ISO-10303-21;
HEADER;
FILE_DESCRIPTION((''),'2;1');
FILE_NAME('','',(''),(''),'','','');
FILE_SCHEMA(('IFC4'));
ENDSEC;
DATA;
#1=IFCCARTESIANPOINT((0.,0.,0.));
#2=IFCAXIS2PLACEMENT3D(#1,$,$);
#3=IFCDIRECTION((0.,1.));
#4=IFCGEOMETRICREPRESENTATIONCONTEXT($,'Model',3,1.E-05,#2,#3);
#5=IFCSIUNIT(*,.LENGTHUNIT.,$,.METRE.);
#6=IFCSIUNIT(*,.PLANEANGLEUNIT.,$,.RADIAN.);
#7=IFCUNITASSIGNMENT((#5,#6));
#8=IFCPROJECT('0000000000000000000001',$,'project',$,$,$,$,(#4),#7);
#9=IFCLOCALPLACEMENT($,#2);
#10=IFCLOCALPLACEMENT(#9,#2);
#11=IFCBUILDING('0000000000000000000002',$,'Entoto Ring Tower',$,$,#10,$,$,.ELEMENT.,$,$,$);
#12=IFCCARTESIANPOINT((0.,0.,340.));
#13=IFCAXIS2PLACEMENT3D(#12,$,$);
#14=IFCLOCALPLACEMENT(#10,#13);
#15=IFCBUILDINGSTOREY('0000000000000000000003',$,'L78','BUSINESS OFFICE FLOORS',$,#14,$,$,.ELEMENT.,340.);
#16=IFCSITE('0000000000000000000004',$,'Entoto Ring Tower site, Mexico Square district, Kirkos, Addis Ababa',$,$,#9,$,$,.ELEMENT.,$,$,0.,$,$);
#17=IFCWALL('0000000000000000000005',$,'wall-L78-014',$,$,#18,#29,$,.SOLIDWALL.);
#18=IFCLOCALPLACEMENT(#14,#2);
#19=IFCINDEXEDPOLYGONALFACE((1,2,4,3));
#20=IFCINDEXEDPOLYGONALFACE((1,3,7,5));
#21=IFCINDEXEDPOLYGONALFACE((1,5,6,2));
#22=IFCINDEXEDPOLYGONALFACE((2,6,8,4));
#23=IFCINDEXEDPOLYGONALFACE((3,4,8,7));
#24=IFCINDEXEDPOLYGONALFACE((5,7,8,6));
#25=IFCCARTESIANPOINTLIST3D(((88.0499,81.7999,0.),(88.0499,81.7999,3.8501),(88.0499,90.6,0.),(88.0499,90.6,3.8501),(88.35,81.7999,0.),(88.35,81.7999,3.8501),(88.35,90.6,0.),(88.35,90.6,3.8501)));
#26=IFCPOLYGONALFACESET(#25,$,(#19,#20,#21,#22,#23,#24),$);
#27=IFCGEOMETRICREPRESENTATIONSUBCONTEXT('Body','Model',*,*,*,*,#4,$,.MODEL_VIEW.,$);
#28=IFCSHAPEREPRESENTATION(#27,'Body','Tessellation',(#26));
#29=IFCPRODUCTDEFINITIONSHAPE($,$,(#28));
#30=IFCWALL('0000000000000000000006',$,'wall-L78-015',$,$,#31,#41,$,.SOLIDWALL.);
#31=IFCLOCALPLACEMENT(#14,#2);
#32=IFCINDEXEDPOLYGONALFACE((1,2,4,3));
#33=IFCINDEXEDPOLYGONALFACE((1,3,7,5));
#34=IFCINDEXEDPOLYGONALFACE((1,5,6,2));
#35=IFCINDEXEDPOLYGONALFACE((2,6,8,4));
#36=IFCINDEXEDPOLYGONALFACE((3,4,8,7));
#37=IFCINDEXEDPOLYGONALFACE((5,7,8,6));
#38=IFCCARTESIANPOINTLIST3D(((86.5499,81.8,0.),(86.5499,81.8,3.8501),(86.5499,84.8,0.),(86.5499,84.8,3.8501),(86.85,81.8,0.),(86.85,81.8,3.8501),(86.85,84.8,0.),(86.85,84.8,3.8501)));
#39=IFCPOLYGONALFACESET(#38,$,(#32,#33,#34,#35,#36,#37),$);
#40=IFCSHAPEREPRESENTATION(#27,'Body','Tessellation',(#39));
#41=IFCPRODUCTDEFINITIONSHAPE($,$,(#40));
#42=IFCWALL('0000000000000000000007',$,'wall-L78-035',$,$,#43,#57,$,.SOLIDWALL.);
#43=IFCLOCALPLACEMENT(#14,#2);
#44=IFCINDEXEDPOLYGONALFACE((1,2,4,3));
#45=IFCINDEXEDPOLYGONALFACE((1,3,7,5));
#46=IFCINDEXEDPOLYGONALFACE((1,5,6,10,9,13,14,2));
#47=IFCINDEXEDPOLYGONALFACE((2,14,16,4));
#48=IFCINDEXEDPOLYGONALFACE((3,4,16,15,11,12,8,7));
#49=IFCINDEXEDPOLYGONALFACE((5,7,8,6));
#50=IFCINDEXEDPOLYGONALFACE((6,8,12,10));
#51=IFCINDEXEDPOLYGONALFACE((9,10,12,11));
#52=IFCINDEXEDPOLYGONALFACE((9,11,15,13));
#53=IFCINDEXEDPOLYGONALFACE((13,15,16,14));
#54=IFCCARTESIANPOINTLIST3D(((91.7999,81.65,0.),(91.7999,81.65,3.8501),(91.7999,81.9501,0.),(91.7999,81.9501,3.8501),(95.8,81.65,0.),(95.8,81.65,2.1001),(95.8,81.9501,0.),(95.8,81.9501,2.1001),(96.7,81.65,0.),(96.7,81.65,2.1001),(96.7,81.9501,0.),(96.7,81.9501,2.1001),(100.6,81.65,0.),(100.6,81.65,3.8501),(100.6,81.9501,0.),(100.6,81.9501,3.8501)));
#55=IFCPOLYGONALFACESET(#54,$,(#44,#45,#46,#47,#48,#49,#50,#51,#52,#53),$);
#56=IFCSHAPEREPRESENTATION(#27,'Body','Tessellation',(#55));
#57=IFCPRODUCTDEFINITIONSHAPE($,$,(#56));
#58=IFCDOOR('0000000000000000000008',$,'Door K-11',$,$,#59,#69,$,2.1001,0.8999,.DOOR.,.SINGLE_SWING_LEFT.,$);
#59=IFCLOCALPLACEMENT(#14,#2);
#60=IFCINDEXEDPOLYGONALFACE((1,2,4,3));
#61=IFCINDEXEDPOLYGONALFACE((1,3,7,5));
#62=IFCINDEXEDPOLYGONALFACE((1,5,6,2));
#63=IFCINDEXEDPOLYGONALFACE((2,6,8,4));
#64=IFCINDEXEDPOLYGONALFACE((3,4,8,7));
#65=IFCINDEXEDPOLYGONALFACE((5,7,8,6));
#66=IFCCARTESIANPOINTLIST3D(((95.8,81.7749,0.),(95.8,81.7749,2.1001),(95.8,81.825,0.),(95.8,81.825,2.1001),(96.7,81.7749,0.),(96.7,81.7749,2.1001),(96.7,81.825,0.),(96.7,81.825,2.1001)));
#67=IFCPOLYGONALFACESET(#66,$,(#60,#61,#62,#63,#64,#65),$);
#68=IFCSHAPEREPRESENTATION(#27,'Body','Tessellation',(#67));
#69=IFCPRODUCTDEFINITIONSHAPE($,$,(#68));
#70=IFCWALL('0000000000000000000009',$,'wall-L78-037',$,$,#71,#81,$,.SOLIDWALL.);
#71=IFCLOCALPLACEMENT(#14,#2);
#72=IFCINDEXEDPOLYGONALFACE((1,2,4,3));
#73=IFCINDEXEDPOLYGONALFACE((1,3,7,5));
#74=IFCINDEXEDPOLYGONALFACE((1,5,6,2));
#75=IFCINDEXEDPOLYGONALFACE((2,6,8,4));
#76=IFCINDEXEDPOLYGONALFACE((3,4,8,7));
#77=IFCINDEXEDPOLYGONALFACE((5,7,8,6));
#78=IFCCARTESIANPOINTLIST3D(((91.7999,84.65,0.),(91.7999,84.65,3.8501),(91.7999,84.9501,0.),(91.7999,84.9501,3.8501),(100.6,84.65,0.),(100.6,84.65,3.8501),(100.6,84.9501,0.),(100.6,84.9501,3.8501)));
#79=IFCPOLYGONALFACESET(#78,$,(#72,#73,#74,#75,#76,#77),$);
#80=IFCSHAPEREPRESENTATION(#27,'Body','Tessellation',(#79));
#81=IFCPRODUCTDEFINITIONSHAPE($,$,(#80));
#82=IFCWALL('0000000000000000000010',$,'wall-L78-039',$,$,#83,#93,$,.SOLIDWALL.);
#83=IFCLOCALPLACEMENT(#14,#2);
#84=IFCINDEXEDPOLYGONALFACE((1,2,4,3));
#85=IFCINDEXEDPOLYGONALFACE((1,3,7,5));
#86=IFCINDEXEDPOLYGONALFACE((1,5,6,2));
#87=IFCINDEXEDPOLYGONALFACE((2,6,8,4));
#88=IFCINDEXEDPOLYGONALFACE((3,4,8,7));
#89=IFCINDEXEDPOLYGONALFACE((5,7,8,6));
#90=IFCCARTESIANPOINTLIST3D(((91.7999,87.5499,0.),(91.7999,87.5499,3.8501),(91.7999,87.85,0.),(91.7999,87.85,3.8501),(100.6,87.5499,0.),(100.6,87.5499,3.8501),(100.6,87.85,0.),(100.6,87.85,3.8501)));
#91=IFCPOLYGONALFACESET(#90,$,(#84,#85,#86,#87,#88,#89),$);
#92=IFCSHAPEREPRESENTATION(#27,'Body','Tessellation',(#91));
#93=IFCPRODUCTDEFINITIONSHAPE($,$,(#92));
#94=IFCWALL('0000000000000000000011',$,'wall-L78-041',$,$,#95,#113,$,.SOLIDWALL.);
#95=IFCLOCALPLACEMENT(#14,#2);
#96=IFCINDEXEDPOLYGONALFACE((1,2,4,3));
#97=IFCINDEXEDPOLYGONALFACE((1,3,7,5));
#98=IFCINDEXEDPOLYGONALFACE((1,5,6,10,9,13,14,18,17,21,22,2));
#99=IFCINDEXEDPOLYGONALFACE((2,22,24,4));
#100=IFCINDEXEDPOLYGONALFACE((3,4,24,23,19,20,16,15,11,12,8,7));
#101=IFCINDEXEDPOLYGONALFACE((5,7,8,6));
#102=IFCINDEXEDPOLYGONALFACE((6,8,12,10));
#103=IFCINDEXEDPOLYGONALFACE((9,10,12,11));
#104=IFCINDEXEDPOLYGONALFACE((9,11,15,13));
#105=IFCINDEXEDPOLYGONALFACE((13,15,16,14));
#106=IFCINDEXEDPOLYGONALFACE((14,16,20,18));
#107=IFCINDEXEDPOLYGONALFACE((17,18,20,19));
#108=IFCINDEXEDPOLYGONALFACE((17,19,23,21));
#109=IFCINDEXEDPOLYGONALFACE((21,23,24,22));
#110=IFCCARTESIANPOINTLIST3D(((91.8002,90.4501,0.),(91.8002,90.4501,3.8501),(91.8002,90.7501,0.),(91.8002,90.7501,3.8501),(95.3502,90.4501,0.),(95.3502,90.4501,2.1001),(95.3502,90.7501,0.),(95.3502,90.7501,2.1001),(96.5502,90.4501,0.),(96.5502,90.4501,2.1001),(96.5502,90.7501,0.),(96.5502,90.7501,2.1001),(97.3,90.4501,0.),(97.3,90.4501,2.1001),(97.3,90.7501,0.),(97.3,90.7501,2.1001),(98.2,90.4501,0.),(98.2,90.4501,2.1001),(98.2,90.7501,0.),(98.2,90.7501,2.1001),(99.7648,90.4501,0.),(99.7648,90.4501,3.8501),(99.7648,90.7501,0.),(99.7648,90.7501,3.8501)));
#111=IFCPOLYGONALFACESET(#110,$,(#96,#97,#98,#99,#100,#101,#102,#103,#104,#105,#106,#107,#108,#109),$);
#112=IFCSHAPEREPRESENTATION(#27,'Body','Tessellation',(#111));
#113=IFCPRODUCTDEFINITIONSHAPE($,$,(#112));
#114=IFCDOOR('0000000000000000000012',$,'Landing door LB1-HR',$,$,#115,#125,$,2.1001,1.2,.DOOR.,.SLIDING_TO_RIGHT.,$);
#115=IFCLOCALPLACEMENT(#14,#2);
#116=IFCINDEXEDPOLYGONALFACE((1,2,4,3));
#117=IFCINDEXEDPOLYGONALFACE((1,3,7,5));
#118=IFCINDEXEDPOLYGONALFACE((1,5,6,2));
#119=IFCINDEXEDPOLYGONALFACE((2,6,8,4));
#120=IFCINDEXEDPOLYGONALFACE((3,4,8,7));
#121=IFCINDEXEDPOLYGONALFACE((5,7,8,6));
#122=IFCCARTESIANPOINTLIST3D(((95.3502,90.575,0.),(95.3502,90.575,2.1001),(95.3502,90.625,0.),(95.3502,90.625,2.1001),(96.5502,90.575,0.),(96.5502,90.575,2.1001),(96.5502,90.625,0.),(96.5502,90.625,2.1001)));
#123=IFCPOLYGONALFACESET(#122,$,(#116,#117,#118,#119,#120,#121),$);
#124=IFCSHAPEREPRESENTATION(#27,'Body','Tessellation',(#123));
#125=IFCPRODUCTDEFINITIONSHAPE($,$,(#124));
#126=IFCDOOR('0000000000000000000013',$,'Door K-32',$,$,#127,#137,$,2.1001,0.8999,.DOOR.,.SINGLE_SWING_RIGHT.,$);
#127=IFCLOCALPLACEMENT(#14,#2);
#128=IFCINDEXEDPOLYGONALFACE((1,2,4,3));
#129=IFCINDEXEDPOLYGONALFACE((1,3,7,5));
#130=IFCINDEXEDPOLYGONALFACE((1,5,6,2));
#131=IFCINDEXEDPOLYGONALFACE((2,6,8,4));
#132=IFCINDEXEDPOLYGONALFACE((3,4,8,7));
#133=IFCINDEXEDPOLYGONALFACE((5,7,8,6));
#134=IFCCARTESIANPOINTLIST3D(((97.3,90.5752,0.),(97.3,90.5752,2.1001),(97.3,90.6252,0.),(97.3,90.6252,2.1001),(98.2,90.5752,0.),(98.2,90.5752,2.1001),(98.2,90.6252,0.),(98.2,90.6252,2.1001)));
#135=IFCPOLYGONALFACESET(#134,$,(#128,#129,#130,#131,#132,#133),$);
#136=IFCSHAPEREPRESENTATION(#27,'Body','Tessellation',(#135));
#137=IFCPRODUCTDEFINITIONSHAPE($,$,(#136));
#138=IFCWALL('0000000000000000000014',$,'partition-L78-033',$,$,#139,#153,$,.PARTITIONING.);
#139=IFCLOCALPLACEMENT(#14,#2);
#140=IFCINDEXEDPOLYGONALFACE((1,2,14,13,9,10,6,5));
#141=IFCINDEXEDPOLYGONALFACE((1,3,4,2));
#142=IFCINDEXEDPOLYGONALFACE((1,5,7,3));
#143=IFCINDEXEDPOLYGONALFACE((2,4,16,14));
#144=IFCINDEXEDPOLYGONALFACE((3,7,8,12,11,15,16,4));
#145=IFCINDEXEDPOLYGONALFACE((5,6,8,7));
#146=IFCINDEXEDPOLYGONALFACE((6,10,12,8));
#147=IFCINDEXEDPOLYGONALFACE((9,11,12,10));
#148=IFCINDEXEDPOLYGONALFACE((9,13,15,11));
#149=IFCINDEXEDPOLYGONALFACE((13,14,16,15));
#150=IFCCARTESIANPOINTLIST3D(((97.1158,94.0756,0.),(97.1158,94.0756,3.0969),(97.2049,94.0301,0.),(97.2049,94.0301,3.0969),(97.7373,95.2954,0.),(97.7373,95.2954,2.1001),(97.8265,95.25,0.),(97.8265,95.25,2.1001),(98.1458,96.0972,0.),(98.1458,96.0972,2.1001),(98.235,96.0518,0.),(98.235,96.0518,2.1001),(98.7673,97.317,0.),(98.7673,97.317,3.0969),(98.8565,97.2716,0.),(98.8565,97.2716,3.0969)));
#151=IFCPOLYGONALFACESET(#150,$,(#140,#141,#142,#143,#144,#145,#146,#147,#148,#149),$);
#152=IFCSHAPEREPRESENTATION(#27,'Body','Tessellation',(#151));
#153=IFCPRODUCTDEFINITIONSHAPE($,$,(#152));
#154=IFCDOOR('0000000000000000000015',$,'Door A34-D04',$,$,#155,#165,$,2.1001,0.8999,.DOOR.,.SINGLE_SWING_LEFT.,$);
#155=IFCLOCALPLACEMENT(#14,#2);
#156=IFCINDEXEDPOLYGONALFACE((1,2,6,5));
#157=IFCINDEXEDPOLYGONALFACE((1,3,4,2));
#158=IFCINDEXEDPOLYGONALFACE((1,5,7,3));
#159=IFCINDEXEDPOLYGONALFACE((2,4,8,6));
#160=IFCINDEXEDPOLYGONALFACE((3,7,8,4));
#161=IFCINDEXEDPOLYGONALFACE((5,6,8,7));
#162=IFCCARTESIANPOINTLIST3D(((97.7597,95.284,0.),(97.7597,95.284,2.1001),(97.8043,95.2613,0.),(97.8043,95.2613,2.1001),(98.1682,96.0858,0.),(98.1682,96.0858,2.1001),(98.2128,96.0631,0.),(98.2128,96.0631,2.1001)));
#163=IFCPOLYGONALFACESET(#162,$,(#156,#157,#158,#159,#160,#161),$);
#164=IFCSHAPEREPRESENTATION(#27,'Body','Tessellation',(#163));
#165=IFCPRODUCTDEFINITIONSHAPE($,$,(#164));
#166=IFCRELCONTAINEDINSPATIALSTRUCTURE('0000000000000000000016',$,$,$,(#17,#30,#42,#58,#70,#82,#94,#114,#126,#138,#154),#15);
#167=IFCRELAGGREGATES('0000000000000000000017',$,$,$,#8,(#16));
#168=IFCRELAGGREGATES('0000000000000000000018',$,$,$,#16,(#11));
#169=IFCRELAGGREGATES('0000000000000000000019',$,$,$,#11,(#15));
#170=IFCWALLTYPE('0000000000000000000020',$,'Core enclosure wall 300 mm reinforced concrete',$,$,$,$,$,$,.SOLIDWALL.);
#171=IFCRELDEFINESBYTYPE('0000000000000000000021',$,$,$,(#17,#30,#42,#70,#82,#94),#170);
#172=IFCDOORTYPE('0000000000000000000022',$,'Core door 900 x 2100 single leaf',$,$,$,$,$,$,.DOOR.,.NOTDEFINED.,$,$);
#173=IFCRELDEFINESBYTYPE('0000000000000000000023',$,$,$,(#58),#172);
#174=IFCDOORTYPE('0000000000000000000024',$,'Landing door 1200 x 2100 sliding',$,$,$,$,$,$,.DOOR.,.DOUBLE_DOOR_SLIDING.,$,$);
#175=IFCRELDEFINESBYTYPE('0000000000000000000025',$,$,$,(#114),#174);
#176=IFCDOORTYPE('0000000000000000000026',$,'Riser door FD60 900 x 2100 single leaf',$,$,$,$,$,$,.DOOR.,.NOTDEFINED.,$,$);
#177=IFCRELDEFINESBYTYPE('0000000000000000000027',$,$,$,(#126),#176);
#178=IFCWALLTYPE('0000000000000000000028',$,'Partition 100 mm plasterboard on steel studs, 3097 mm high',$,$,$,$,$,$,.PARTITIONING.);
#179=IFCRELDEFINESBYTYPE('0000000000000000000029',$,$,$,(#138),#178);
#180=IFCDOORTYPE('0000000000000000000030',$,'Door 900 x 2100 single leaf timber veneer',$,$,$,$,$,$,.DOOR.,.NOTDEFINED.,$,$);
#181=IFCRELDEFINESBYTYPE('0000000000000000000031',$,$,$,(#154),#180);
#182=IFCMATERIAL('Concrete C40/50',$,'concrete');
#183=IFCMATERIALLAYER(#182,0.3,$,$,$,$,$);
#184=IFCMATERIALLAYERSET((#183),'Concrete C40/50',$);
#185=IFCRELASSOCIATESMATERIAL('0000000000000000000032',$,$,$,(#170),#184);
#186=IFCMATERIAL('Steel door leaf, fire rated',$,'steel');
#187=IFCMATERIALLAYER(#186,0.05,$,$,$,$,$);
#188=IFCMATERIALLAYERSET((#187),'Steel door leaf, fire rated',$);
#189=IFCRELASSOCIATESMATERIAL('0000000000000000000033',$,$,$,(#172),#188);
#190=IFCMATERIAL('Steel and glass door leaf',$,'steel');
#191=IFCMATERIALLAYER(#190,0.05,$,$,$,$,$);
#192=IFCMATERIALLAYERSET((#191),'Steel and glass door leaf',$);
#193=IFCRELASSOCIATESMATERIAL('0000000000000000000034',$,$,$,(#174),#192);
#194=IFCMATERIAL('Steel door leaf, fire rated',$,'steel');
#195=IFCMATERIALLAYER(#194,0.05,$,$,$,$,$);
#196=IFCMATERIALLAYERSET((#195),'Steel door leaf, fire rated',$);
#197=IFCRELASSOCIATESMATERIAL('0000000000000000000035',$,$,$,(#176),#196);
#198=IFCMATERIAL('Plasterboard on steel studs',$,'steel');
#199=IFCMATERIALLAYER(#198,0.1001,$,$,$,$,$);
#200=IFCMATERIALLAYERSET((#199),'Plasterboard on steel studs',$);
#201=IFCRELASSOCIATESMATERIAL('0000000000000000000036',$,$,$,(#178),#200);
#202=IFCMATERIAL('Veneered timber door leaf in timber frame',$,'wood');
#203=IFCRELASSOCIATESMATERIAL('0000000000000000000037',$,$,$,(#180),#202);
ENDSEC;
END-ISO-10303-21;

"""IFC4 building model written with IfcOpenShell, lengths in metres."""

from ifc_helpers import new_model, si_unit, direction, frame, frame_2d, origin, place, context, subcontext, project, spatial, rectangle, extrude, material, layer, layer_set, type_object, element, fill, save


model = new_model("IFC4")

# Units and contexts
model_context = context("Model", 3, precision=1e-05, world=origin(), true_north=direction((0.0, 1.0)))
body_context = subcontext(model_context, "Body", "Model", "MODEL_VIEW")
ifc_project = project(units=[si_unit("LENGTHUNIT", "METRE"), si_unit("PLANEANGLEUNIT", "RADIAN")], contexts=[model_context])

# Site, building, storey
site_placement = place(None, origin())
site = spatial("IfcSite", under=ifc_project, at=site_placement, Name="Entoto Ring Tower site, Mexico Square district, Kirkos, Addis Ababa", CompositionType="ELEMENT", RefElevation=0.0)
building_placement = place(site_placement, origin())
building = spatial("IfcBuilding", under=site, at=building_placement, Name="Entoto Ring Tower", CompositionType="ELEMENT")
storey_placement = place(building_placement, frame((0.0, 0.0, 340.0)))
storey = spatial("IfcBuildingStorey", under=building, at=storey_placement, Name="L78", Description="BUSINESS OFFICE FLOORS", CompositionType="ELEMENT", Elevation=340.0)

# Shared definitions
ifc_material_1 = material(Name="Concrete C40/50", Category="concrete")
ifc_layer_1 = layer(ifc_material_1, 0.3)
ifc_layer_set_1 = layer_set([ifc_layer_1], Name="Concrete C40/50")
wall_type_1 = type_object("IfcWallType", Name="Core enclosure wall 300 mm reinforced concrete", PredefinedType="SOLIDWALL", material=ifc_layer_set_1)

# Shared definitions
ifc_material_2 = material(Name="Steel door leaf, fire rated", Category="steel")
ifc_layer_2 = layer(ifc_material_2, 0.05)
ifc_layer_set_2 = layer_set([ifc_layer_2], Name="Steel door leaf, fire rated")
door_type_1 = type_object("IfcDoorType", Name="Core door 900 x 2100 single leaf", OperationType="NOTDEFINED", PredefinedType="DOOR", material=ifc_layer_set_2)
ifc_material_3 = material(Name="Steel and glass door leaf", Category="steel")
ifc_layer_3 = layer(ifc_material_3, 0.05)
ifc_layer_set_3 = layer_set([ifc_layer_3], Name="Steel and glass door leaf")
door_type_2 = type_object("IfcDoorType", Name="Landing door 1200 x 2100 sliding", OperationType="DOUBLE_DOOR_SLIDING", PredefinedType="DOOR", material=ifc_layer_set_3)

# Walls
wall_1_placement = place(storey_placement, frame((88.2, 81.8, 0.0), z_axis=(0.0, 0.0, 1.0), x_axis=(0.0, 1.0, 0.0)))
element("IfcWall", 1, at=wall_1_placement, inside=storey, type_object=wall_type_1, Name="wall-L78-014", PredefinedType="SOLIDWALL", context=body_context, shape_type="SweptSolid", body=[
    extrude(rectangle(XDim=8.8, YDim=0.3, at=frame_2d((4.3999, 0.0))), origin(), (0.0, 0.0, 1.0), 3.8501),
])
wall_2_placement = place(storey_placement, frame((86.7, 81.8, 0.0), z_axis=(0.0, 0.0, 1.0), x_axis=(0.0, 1.0, 0.0)))
element("IfcWall", 2, at=wall_2_placement, inside=storey, type_object=wall_type_1, Name="wall-L78-015", PredefinedType="SOLIDWALL", context=body_context, shape_type="SweptSolid", body=[
    extrude(rectangle(XDim=3.0, YDim=0.3, at=frame_2d((1.5, 0.0))), origin(), (0.0, 0.0, 1.0), 3.8501),
])

# Wall, opening, door
wall_3_placement = place(storey_placement, frame((91.8, 81.8, 0.0), z_axis=(0.0, 0.0, 1.0), x_axis=(1.0, 0.0, 0.0)))
wall_3 = element("IfcWall", 3, at=wall_3_placement, inside=storey, type_object=wall_type_1, Name="wall-L78-035", PredefinedType="SOLIDWALL", context=body_context, shape_type="SweptSolid", body=[
    extrude(rectangle(XDim=8.8, YDim=0.3, at=frame_2d((4.3999, 0.0))), origin(), (0.0, 0.0, 1.0), 3.8501),
])
opening_1_placement = place(wall_3_placement, frame((4.0, 0.0, 0.0)))
opening_1 = element("IfcOpeningElement", 4, at=opening_1_placement, cuts=wall_3, PredefinedType="OPENING", context=body_context, shape_type="SweptSolid", body=[
    extrude(rectangle(XDim=0.8999, YDim=2.1001, at=frame_2d((0.45, 1.05))), frame((0.0, 0.1602, 0.0), z_axis=(0.0, -1.0, 0.0), x_axis=(1.0, 0.0, 0.0)), (0.0, 0.0, 1.0), 0.3201),
])
door_1_placement = place(opening_1_placement, origin())
door_1 = element("IfcDoor", 5, at=door_1_placement, inside=storey, type_object=door_type_1, Name="Door K-11", OperationType="SINGLE_SWING_LEFT", OverallHeight=2.1001, OverallWidth=0.8999, PredefinedType="DOOR", context=body_context, shape_type="SweptSolid", body=[
    extrude(rectangle(XDim=0.8999, YDim=2.1001, at=frame_2d((0.45, 1.05))), frame((0.0, 0.0249, 0.0), z_axis=(0.0, -1.0, 0.0), x_axis=(1.0, 0.0, 0.0)), (0.0, 0.0, 1.0), 0.05),
])
fill(opening_1, door_1)

# Walls
for number, where, z_axis, x_axis, name in (
    (6, (91.8, 84.8, 0.0), (0.0, 0.0, 1.0), (1.0, 0.0, 0.0), "wall-L78-037"),
    (7, (91.8, 87.7, 0.0), (0.0, 0.0, 1.0), (1.0, 0.0, 0.0), "wall-L78-039"),
):
    element("IfcWall", number, at=place(storey_placement, frame(where, z_axis=z_axis, x_axis=x_axis)), inside=storey, type_object=wall_type_1, Name=name, PredefinedType="SOLIDWALL", context=body_context, shape_type="SweptSolid", body=[
        extrude(rectangle(XDim=8.8, YDim=0.3, at=frame_2d((4.3999, 0.0))), origin(), (0.0, 0.0, 1.0), 3.8501),
    ])

# Wall, openings, doors
wall_4_placement = place(storey_placement, frame((91.8, 90.6001, 0.0), z_axis=(0.0, 0.0, 1.0), x_axis=(1.0, 0.0, 0.0)))
wall_4 = element("IfcWall", 8, at=wall_4_placement, inside=storey, type_object=wall_type_1, Name="wall-L78-041", PredefinedType="SOLIDWALL", context=body_context, shape_type="SweptSolid", body=[
    extrude(rectangle(XDim=7.9646, YDim=0.3, at=frame_2d((3.9824, 0.0))), origin(), (0.0, 0.0, 1.0), 3.8501),
])
opening_2_placement = place(wall_4_placement, frame((3.55, 0.0, 0.0)))
opening_2 = element("IfcOpeningElement", 9, at=opening_2_placement, cuts=wall_4, PredefinedType="OPENING", context=body_context, shape_type="SweptSolid", body=[
    extrude(rectangle(XDim=1.2, YDim=2.1001, at=frame_2d((0.6001, 1.05))), frame((0.0, 0.1602, 0.0), z_axis=(0.0, -1.0, 0.0), x_axis=(1.0, 0.0, 0.0)), (0.0, 0.0, 1.0), 0.3201),
])
opening_3_placement = place(wall_4_placement, frame((5.5, 0.0, 0.0)))
opening_3 = element("IfcOpeningElement", 10, at=opening_3_placement, cuts=wall_4, PredefinedType="OPENING", context=body_context, shape_type="SweptSolid", body=[
    extrude(rectangle(XDim=0.8999, YDim=2.1001, at=frame_2d((0.45, 1.05))), frame((0.0, 0.1602, 0.0), z_axis=(0.0, -1.0, 0.0), x_axis=(1.0, 0.0, 0.0)), (0.0, 0.0, 1.0), 0.3201),
])
door_2_placement = place(opening_2_placement, origin())
door_2 = element("IfcDoor", 11, at=door_2_placement, inside=storey, type_object=door_type_2, Name="Landing door LB1-HR", OperationType="SLIDING_TO_RIGHT", OverallHeight=2.1001, OverallWidth=1.2, PredefinedType="DOOR", context=body_context, shape_type="SweptSolid", body=[
    extrude(rectangle(XDim=1.2, YDim=2.1001, at=frame_2d((0.6001, 1.05))), frame((0.0, 0.0249, 0.0), z_axis=(0.0, -1.0, 0.0), x_axis=(1.0, 0.0, 0.0)), (0.0, 0.0, 1.0), 0.05),
])
fill(opening_2, door_2)
ifc_material_4 = material(Name="Steel door leaf, fire rated", Category="steel")
ifc_layer_4 = layer(ifc_material_4, 0.05)
ifc_layer_set_4 = layer_set([ifc_layer_4], Name="Steel door leaf, fire rated")
door_type_3 = type_object("IfcDoorType", Name="Riser door FD60 900 x 2100 single leaf", OperationType="NOTDEFINED", PredefinedType="DOOR", material=ifc_layer_set_4)
door_3_placement = place(opening_3_placement, frame((0.8999, 0.0, 0.0), z_axis=(0.0, 0.0, 1.0), x_axis=(-1.0, 0.0, 0.0)))
door_3 = element("IfcDoor", 12, at=door_3_placement, inside=storey, type_object=door_type_3, Name="Door K-32", OperationType="SINGLE_SWING_RIGHT", OverallHeight=2.1001, OverallWidth=0.8999, PredefinedType="DOOR", context=body_context, shape_type="SweptSolid", body=[
    extrude(rectangle(XDim=0.8999, YDim=2.1001, at=frame_2d((0.45, 1.05))), frame((0.0, 0.0249, 0.0), z_axis=(0.0, -1.0, 0.0), x_axis=(1.0, 0.0, 0.0)), (0.0, 0.0, 1.0), 0.05),
])
fill(opening_3, door_3)

# Wall, opening, door
ifc_material_5 = material(Name="Plasterboard on steel studs", Category="steel")
ifc_layer_5 = layer(ifc_material_5, 0.1001)
ifc_layer_set_5 = layer_set([ifc_layer_5], Name="Plasterboard on steel studs")
wall_type_2 = type_object("IfcWallType", Name="Partition 100 mm plasterboard on steel studs, 3097 mm high", PredefinedType="PARTITIONING", material=ifc_layer_set_5)
wall_5_placement = place(storey_placement, frame((97.1604, 94.053, 0.0), z_axis=(0.0, 0.0, 1.0), x_axis=(0.453992, 0.891006, 0.0)))
wall_5 = element("IfcWall", 13, at=wall_5_placement, inside=storey, type_object=wall_type_2, Name="partition-L78-033", PredefinedType="PARTITIONING", context=body_context, shape_type="SweptSolid", body=[
    extrude(rectangle(XDim=3.6379, YDim=0.1001, at=frame_2d((1.8188, 0.0))), origin(), (0.0, 0.0, 1.0), 3.0969),
])
opening_4_placement = place(wall_5_placement, frame((1.3689, 0.0, 0.0)))
opening_4 = element("IfcOpeningElement", 14, at=opening_4_placement, cuts=wall_5, PredefinedType="OPENING", context=body_context, shape_type="SweptSolid", body=[
    extrude(rectangle(XDim=0.8999, YDim=2.1001, at=frame_2d((0.45, 1.05))), frame((0.0, 0.0601, 0.0), z_axis=(0.0, -1.0, 0.0), x_axis=(1.0, 0.0, 0.0)), (0.0, 0.0, 1.0), 0.1201),
])
ifc_material_6 = material(Name="Veneered timber door leaf in timber frame", Category="wood")
door_type_4 = type_object("IfcDoorType", Name="Door 900 x 2100 single leaf timber veneer", OperationType="NOTDEFINED", PredefinedType="DOOR", material=ifc_material_6)
door_4_placement = place(opening_4_placement, origin())
door_4 = element("IfcDoor", 15, at=door_4_placement, inside=storey, type_object=door_type_4, Name="Door A34-D04", OperationType="SINGLE_SWING_LEFT", OverallHeight=2.1001, OverallWidth=0.8999, PredefinedType="DOOR", context=body_context, shape_type="SweptSolid", body=[
    extrude(rectangle(XDim=0.8999, YDim=2.1001, at=frame_2d((0.45, 1.05))), frame((0.0, 0.0249, 0.0), z_axis=(0.0, -1.0, 0.0), x_axis=(1.0, 0.0, 0.0)), (0.0, 0.0, 1.0), 0.05),
])
fill(opening_4, door_4)

save(model, "model.ifc")
